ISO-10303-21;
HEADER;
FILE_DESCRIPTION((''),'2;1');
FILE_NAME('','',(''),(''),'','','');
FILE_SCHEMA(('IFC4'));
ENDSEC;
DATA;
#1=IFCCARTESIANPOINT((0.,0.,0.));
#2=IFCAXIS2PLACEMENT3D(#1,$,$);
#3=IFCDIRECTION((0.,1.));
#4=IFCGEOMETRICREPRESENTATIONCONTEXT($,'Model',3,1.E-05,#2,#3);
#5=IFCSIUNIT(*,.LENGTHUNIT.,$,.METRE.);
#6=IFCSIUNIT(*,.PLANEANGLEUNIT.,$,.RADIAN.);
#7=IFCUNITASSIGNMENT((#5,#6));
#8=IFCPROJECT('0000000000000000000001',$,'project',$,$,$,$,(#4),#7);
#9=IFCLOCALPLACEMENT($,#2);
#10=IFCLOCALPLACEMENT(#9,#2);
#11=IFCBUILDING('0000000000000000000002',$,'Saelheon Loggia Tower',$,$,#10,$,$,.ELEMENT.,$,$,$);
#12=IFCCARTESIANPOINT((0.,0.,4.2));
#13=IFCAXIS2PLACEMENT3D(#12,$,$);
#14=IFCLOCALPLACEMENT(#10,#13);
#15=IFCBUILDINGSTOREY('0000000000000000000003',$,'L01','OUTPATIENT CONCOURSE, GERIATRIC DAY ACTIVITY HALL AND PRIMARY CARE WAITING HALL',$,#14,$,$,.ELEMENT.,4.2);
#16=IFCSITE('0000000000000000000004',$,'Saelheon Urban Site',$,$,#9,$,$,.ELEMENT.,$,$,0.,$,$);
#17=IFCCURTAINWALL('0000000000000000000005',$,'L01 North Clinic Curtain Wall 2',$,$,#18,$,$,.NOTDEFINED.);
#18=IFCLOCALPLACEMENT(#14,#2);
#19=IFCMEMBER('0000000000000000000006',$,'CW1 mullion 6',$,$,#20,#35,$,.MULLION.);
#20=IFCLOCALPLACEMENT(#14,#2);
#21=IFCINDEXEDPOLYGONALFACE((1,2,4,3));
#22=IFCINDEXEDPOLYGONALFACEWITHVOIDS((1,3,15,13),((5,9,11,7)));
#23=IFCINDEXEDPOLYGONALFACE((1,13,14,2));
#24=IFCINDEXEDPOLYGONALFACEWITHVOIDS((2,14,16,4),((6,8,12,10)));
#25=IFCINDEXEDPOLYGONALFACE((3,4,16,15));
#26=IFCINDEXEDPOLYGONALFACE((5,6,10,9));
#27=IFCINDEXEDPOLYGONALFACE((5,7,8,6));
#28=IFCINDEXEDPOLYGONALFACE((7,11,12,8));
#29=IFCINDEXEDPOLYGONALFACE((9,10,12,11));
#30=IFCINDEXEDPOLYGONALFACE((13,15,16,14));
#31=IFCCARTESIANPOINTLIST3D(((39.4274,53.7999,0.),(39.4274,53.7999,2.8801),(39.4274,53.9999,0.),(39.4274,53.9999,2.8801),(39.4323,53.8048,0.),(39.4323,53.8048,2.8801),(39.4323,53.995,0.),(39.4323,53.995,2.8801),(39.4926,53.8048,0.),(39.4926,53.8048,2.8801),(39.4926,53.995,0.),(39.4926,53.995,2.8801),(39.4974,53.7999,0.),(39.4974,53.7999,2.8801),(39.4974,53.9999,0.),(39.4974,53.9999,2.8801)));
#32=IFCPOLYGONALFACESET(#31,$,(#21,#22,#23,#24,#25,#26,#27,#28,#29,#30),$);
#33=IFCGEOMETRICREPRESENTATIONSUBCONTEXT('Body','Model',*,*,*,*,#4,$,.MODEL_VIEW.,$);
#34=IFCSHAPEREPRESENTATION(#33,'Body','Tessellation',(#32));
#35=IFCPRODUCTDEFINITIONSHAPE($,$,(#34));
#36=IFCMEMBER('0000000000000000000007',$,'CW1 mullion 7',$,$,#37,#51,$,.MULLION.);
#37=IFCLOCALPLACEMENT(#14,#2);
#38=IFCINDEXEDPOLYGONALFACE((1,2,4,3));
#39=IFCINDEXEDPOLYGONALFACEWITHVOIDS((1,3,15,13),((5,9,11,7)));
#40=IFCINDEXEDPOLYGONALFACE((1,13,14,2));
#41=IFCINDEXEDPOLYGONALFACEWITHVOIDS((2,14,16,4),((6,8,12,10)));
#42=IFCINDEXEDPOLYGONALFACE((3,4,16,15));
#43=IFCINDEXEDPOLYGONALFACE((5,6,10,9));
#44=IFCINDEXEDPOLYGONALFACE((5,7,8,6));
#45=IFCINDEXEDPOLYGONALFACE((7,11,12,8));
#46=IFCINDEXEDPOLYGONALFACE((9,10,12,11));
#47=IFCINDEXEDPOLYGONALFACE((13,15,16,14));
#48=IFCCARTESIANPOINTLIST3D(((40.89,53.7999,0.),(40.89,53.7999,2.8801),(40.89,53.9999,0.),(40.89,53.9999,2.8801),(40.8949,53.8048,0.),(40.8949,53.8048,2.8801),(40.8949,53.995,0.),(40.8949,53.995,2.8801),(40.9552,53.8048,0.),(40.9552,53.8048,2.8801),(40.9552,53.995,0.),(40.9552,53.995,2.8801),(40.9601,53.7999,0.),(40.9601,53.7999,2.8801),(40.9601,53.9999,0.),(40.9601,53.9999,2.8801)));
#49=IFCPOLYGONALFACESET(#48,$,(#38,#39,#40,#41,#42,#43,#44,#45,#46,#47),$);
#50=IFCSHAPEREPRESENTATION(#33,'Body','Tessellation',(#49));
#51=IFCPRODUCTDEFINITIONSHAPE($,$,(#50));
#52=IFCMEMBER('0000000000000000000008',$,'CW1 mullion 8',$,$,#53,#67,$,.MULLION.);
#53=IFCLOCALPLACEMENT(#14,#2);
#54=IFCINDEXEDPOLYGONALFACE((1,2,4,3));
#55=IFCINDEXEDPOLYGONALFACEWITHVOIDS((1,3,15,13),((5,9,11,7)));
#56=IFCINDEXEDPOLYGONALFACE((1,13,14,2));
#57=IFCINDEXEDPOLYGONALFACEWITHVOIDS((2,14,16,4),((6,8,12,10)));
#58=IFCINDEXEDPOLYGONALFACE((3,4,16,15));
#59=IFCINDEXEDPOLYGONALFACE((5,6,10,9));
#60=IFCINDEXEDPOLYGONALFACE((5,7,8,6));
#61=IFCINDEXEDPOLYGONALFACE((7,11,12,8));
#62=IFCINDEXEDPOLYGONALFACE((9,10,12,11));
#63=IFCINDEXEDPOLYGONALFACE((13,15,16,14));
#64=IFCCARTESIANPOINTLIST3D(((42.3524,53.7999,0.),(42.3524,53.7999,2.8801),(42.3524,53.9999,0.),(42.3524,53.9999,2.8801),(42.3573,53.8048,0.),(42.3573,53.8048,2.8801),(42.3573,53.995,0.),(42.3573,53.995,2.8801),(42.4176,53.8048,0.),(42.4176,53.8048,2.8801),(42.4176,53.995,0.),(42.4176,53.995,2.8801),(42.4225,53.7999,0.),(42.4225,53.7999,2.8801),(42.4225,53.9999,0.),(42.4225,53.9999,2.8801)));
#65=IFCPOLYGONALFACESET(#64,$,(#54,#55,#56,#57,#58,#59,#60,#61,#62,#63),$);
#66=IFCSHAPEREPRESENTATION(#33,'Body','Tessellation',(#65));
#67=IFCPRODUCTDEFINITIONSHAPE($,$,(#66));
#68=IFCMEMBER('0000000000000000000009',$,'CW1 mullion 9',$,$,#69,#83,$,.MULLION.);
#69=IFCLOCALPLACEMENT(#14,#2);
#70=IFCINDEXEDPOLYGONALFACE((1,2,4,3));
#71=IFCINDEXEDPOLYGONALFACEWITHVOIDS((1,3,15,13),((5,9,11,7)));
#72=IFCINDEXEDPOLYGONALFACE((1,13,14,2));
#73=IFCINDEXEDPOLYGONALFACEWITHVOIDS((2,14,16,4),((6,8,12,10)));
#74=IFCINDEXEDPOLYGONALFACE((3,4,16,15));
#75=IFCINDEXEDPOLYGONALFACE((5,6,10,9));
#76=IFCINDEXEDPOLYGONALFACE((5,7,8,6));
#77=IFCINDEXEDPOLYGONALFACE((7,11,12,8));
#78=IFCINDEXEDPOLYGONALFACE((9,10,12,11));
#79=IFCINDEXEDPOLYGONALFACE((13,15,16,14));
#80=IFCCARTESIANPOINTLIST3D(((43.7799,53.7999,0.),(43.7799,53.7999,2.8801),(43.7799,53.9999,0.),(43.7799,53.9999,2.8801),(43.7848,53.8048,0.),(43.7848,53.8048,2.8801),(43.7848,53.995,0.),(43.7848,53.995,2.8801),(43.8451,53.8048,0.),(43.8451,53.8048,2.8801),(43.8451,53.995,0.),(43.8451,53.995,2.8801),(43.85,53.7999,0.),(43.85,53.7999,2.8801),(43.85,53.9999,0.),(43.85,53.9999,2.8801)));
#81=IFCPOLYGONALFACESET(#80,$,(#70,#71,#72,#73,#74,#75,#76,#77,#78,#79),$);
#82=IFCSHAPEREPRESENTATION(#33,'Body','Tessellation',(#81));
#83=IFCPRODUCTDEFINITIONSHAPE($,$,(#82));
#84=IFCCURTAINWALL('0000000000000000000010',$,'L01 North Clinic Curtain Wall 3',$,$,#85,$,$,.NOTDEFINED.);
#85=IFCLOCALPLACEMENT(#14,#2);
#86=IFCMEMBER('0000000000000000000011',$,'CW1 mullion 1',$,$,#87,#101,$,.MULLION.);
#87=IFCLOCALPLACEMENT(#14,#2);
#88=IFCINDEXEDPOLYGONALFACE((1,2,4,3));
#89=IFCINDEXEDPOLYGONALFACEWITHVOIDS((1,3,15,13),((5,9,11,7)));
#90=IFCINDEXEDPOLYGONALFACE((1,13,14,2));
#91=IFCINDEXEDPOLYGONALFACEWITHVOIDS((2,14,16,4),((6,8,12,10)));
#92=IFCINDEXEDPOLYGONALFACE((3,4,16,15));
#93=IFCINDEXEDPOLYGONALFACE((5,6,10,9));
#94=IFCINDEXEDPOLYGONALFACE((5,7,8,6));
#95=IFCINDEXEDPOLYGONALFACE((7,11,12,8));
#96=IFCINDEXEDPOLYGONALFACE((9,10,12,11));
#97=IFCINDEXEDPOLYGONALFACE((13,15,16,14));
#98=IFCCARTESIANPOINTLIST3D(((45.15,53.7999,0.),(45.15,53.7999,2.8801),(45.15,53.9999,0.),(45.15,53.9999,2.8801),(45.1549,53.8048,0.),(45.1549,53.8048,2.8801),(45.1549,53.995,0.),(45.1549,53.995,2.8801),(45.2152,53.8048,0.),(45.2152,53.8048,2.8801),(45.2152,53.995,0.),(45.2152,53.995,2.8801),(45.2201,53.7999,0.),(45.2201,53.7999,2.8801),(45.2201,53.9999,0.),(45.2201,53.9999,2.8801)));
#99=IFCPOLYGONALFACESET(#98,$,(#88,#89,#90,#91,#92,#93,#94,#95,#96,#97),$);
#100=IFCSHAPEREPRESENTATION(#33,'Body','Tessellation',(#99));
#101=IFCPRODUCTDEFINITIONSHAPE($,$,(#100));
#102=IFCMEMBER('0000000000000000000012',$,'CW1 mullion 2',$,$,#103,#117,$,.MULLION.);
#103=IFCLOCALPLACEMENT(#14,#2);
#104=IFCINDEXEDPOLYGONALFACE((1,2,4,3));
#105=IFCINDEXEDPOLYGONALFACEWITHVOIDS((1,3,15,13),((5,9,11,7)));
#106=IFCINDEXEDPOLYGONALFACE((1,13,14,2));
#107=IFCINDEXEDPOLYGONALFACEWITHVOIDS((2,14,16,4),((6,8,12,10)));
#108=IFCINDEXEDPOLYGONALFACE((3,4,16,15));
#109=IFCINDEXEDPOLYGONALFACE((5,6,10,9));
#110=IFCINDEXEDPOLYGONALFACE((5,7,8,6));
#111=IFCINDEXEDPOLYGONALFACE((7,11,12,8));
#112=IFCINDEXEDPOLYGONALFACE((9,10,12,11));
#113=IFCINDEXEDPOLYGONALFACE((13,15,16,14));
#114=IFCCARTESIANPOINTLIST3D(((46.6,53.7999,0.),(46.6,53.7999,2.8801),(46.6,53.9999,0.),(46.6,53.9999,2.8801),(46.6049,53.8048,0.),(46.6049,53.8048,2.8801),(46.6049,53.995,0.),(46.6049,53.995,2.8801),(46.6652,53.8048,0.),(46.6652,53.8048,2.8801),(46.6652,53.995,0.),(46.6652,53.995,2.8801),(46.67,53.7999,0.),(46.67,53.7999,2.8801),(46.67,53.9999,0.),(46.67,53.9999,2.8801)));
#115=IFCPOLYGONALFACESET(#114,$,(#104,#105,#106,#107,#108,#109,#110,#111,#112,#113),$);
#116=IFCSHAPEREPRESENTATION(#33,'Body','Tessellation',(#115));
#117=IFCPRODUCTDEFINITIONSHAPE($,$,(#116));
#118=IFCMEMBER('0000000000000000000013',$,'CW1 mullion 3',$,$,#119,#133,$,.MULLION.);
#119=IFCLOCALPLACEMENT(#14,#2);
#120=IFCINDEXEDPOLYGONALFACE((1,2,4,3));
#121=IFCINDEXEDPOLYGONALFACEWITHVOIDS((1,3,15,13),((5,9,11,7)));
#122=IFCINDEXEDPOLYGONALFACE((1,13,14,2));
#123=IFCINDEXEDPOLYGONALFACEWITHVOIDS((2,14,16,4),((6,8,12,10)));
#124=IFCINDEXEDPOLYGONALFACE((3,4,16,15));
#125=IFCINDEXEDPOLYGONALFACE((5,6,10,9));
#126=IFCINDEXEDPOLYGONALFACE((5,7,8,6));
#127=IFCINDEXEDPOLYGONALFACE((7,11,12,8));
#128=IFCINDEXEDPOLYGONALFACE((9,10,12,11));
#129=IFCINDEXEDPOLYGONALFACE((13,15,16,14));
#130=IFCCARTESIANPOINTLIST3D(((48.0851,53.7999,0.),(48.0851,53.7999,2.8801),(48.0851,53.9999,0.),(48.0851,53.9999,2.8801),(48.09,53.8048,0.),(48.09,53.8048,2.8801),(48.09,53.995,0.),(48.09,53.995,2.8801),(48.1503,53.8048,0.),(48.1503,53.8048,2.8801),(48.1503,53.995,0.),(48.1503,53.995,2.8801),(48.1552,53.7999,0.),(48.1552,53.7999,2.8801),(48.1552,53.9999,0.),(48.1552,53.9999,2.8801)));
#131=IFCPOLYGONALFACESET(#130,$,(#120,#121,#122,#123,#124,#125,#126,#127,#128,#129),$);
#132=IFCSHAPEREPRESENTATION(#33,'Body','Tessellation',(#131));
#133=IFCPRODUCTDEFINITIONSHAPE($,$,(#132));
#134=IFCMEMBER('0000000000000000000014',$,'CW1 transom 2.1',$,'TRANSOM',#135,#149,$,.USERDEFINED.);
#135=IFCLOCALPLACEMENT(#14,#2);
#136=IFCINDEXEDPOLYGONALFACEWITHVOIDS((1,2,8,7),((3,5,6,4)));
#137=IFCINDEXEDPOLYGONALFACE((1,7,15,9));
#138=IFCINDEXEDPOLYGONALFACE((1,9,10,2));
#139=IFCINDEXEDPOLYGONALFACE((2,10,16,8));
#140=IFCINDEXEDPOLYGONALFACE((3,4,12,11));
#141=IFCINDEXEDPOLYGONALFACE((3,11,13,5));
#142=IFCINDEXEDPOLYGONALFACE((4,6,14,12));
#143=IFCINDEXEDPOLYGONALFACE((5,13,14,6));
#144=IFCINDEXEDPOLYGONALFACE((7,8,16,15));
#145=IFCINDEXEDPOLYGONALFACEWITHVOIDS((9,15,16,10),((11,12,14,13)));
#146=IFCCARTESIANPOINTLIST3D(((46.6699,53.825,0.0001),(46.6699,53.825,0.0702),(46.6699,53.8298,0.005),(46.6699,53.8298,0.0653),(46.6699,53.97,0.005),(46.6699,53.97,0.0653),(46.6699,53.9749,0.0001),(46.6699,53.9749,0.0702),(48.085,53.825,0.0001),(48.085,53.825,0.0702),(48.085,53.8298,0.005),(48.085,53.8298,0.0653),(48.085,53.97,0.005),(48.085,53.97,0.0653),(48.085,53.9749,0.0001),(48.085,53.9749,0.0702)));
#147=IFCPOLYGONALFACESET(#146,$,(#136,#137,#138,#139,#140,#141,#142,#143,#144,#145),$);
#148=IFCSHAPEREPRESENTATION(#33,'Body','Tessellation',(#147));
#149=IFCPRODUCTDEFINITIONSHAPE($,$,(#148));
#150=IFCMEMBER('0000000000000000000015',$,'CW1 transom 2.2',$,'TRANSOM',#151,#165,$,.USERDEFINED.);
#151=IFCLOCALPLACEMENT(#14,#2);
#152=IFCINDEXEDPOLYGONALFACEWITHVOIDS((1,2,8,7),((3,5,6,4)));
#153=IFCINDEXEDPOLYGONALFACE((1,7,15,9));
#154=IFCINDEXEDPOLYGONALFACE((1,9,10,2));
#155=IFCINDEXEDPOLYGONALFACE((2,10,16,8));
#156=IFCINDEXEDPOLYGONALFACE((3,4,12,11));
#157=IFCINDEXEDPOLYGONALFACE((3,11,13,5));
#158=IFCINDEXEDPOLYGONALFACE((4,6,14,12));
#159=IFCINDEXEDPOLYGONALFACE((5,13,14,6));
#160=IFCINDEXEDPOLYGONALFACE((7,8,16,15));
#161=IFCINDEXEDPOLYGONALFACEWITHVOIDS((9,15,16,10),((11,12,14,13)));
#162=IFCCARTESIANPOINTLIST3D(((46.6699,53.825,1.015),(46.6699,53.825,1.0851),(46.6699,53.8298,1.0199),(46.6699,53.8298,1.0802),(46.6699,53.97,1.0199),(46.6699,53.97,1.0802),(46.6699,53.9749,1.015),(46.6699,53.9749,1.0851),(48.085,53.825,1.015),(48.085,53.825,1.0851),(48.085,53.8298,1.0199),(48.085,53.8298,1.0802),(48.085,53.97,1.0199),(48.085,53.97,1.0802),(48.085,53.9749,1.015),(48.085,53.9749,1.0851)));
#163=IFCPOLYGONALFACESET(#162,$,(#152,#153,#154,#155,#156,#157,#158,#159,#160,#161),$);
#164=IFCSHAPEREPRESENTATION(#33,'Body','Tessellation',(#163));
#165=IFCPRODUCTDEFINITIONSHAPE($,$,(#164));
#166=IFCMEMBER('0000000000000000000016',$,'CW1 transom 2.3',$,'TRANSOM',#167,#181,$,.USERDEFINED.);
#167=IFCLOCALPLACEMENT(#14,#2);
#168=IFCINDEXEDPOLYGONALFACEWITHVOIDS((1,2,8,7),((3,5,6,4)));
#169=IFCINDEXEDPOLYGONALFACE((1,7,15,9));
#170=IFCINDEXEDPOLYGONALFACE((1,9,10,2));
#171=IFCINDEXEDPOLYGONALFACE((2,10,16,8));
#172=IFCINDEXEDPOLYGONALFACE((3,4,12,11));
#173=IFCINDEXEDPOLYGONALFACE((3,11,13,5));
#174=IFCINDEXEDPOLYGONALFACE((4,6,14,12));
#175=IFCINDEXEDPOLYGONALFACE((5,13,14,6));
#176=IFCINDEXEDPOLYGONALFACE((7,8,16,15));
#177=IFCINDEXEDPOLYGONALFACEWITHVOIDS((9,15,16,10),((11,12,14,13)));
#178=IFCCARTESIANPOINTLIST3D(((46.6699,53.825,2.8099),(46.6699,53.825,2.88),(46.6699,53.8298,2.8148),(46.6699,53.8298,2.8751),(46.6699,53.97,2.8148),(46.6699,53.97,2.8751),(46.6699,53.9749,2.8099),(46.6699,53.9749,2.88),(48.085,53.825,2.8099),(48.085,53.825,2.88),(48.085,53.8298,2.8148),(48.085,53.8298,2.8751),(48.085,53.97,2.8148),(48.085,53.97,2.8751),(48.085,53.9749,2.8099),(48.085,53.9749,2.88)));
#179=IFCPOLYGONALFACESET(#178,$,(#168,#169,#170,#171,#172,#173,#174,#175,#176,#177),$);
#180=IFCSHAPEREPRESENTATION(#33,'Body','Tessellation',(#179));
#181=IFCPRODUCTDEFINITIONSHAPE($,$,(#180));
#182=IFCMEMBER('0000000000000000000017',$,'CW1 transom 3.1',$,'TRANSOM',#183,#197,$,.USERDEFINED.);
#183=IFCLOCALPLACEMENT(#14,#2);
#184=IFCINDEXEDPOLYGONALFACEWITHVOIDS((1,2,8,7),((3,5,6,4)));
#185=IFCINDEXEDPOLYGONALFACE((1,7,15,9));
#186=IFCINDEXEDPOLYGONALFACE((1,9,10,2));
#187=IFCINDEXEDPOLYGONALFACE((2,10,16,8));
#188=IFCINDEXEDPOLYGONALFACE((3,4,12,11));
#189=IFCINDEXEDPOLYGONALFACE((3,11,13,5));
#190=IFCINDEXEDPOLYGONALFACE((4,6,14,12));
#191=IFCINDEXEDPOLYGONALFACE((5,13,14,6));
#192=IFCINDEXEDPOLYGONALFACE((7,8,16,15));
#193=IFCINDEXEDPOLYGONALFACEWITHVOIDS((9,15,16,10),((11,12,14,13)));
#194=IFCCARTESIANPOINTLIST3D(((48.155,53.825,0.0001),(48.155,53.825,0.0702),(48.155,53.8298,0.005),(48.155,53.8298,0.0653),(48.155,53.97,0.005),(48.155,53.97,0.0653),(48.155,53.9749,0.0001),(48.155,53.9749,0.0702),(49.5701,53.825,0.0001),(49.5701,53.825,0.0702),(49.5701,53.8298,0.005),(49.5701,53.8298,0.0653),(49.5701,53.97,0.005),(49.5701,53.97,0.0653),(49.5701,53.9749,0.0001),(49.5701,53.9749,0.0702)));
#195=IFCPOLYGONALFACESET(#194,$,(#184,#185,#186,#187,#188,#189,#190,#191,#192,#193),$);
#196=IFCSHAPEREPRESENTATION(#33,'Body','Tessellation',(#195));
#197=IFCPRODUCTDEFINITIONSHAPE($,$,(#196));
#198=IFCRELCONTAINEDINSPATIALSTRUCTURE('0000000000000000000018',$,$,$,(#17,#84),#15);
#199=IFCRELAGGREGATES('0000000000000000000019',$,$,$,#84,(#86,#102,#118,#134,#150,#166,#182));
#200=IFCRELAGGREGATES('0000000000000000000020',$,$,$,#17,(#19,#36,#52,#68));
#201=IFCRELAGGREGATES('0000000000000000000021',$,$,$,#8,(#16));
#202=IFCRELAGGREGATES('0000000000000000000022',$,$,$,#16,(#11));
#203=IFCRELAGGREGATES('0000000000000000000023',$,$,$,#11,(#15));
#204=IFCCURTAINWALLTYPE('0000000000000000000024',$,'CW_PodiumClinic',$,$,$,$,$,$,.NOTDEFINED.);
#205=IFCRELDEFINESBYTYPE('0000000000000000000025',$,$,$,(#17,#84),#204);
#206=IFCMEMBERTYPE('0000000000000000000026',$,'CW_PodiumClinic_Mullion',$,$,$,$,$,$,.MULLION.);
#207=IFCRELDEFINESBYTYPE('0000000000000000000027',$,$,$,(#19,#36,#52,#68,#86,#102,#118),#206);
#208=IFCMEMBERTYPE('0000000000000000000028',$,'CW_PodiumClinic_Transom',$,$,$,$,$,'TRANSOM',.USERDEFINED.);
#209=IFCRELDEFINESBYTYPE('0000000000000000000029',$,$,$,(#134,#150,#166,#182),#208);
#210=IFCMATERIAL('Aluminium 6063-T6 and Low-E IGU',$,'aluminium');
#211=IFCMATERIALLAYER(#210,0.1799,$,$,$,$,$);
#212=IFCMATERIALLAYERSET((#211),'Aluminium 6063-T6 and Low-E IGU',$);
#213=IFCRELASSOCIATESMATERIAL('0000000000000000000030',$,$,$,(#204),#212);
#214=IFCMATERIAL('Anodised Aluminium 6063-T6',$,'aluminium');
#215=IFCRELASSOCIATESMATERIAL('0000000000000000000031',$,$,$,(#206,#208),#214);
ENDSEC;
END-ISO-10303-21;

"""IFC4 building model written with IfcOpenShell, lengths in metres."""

from ifc_helpers import new_model, si_unit, direction, frame, origin, origin_2d, place, context, subcontext, project, spatial, hollow_rectangle, extrude, source, transform, mapped, material, layer, layer_set, material_profile, profile_set, type_object, element, aggregate, save


model = new_model("IFC4")

# Units and contexts
model_context = context("Model", 3, precision=1e-05, world=origin(), true_north=direction((0.0, 1.0)))
body_context = subcontext(model_context, "Body", "Model", "MODEL_VIEW")
ifc_project = project(units=[si_unit("LENGTHUNIT", "METRE"), si_unit("PLANEANGLEUNIT", "RADIAN")], contexts=[model_context])

# Site, building, storey
site_placement = place(None, origin())
site = spatial("IfcSite", under=ifc_project, at=site_placement, Name="Saelheon Urban Site", CompositionType="ELEMENT", RefElevation=0.0)
building_placement = place(site_placement, origin())
building = spatial("IfcBuilding", under=site, at=building_placement, Name="Saelheon Loggia Tower", CompositionType="ELEMENT")
storey_placement = place(building_placement, frame((0.0, 0.0, 4.2)))
storey = spatial("IfcBuildingStorey", under=building, at=storey_placement, Name="L01", Description="OUTPATIENT CONCOURSE, GERIATRIC DAY ACTIVITY HALL AND PRIMARY CARE WAITING HALL", CompositionType="ELEMENT", Elevation=4.2)

# Curtain walls, members
ifc_material_1 = material(Name="Aluminium 6063-T6 and Low-E IGU", Category="aluminium")
ifc_layer_1 = layer(ifc_material_1, 0.1799)
ifc_layer_set_1 = layer_set([ifc_layer_1], Name="Aluminium 6063-T6 and Low-E IGU")
curtain_wall_type = type_object("IfcCurtainWallType", Name="CW_PodiumClinic", PredefinedType="NOTDEFINED", material=ifc_layer_set_1)
curtain_wall_1_placement = place(storey_placement, origin())
curtain_wall_1 = element("IfcCurtainWall", 1, at=curtain_wall_1_placement, inside=storey, type_object=curtain_wall_type, Name="L01 North Clinic Curtain Wall 2", PredefinedType="NOTDEFINED")
ifc_material_2 = material(Name="Anodised Aluminium 6063-T6", Category="aluminium")
ifc_material_profile_1 = material_profile(ifc_material_2, hollow_rectangle(XDim=0.0701, YDim=0.2, WallThickness=0.0049, at=origin_2d()), Name="RHS-200x70x5")
ifc_profile_set_1 = profile_set([ifc_material_profile_1], Name="Anodised Aluminium 6063-T6")
member_type_1 = type_object("IfcMemberType", Name="CW_PodiumClinic_Mullion", PredefinedType="MULLION", material=ifc_profile_set_1)
shared_shape_1 = source(origin(), body_context, "Body", "SweptSolid", [
    extrude(hollow_rectangle(XDim=0.0701, YDim=0.2, WallThickness=0.0049, at=origin_2d()), origin(), (0.0, 0.0, 1.0), 2.8801),
])
member_1_placement = place(storey_placement, frame((39.4624, 53.8999, 0.0), z_axis=(0.0, 0.0, 1.0), x_axis=(1.0, 0.0, 0.0)))
member_1 = element("IfcMember", 2, at=member_1_placement, type_object=member_type_1, Name="CW1 mullion 6", PredefinedType="MULLION", context=body_context, shape_type="MappedRepresentation", body=[
    mapped(shared_shape_1, transform((0.0, 0.0, 0.0), scale=1.0)),
])
member_2_placement = place(storey_placement, frame((40.925, 53.8999, 0.0), z_axis=(0.0, 0.0, 1.0), x_axis=(1.0, 0.0, 0.0)))
member_2 = element("IfcMember", 3, at=member_2_placement, type_object=member_type_1, Name="CW1 mullion 7", PredefinedType="MULLION", context=body_context, shape_type="MappedRepresentation", body=[
    mapped(shared_shape_1, transform((0.0, 0.0, 0.0), scale=1.0)),
])
member_3_placement = place(storey_placement, frame((42.3875, 53.8999, 0.0), z_axis=(0.0, 0.0, 1.0), x_axis=(1.0, 0.0, 0.0)))
member_3 = element("IfcMember", 4, at=member_3_placement, type_object=member_type_1, Name="CW1 mullion 8", PredefinedType="MULLION", context=body_context, shape_type="MappedRepresentation", body=[
    mapped(shared_shape_1, transform((0.0, 0.0, 0.0), scale=1.0)),
])
member_4_placement = place(storey_placement, frame((43.8149, 53.8999, 0.0), z_axis=(0.0, 0.0, 1.0), x_axis=(1.0, 0.0, 0.0)))
member_4 = element("IfcMember", 5, at=member_4_placement, type_object=member_type_1, Name="CW1 mullion 9", PredefinedType="MULLION", context=body_context, shape_type="MappedRepresentation", body=[
    mapped(shared_shape_1, transform((0.0, 0.0, 0.0), scale=1.0)),
])
curtain_wall_2_placement = place(storey_placement, origin())
curtain_wall_2 = element("IfcCurtainWall", 6, at=curtain_wall_2_placement, inside=storey, type_object=curtain_wall_type, Name="L01 North Clinic Curtain Wall 3", PredefinedType="NOTDEFINED")
member_5_placement = place(storey_placement, frame((45.1851, 53.8999, 0.0), z_axis=(0.0, 0.0, 1.0), x_axis=(1.0, 0.0, 0.0)))
member_5 = element("IfcMember", 7, at=member_5_placement, type_object=member_type_1, Name="CW1 mullion 1", PredefinedType="MULLION", context=body_context, shape_type="MappedRepresentation", body=[
    mapped(shared_shape_1, transform((0.0, 0.0, 0.0), scale=1.0)),
])
member_6_placement = place(storey_placement, frame((46.635, 53.8999, 0.0), z_axis=(0.0, 0.0, 1.0), x_axis=(1.0, 0.0, 0.0)))
member_6 = element("IfcMember", 8, at=member_6_placement, type_object=member_type_1, Name="CW1 mullion 2", PredefinedType="MULLION", context=body_context, shape_type="MappedRepresentation", body=[
    mapped(shared_shape_1, transform((0.0, 0.0, 0.0), scale=1.0)),
])
member_7_placement = place(storey_placement, frame((48.1201, 53.8999, 0.0), z_axis=(0.0, 0.0, 1.0), x_axis=(1.0, 0.0, 0.0)))
member_7 = element("IfcMember", 9, at=member_7_placement, type_object=member_type_1, Name="CW1 mullion 3", PredefinedType="MULLION", context=body_context, shape_type="MappedRepresentation", body=[
    mapped(shared_shape_1, transform((0.0, 0.0, 0.0), scale=1.0)),
])
ifc_material_profile_2 = material_profile(ifc_material_2, hollow_rectangle(XDim=0.0701, YDim=0.1499, WallThickness=0.0049, at=origin_2d()), Name="RHS-150x70x5")
ifc_profile_set_2 = profile_set([ifc_material_profile_2], Name="Anodised Aluminium 6063-T6")
member_type_2 = type_object("IfcMemberType", Name="CW_PodiumClinic_Transom", ElementType="TRANSOM", PredefinedType="USERDEFINED", material=ifc_profile_set_2)
shared_shape_2 = source(origin(), body_context, "Body", "SweptSolid", [
    extrude(hollow_rectangle(XDim=0.0701, YDim=0.1499, WallThickness=0.0049, at=origin_2d()), origin(), (0.0, 0.0, 1.0), 1.415),
])
member_8_placement = place(storey_placement, frame((46.6699, 53.8999, 0.0352), z_axis=(1.0, 0.0, 0.0), x_axis=(0.0, 0.0, 1.0)))
member_8 = element("IfcMember", 10, at=member_8_placement, type_object=member_type_2, Name="CW1 transom 2.1", ObjectType="TRANSOM", PredefinedType="USERDEFINED", context=body_context, shape_type="MappedRepresentation", body=[
    mapped(shared_shape_2, transform((0.0, 0.0, 0.0), scale=1.0)),
])
member_9_placement = place(storey_placement, frame((46.6699, 53.8999, 1.05), z_axis=(1.0, 0.0, 0.0), x_axis=(0.0, 0.0, 1.0)))
member_9 = element("IfcMember", 11, at=member_9_placement, type_object=member_type_2, Name="CW1 transom 2.2", ObjectType="TRANSOM", PredefinedType="USERDEFINED", context=body_context, shape_type="MappedRepresentation", body=[
    mapped(shared_shape_2, transform((0.0, 0.0, 0.0), scale=1.0)),
])
member_10_placement = place(storey_placement, frame((46.6699, 53.8999, 2.845), z_axis=(1.0, 0.0, 0.0), x_axis=(0.0, 0.0, 1.0)))
member_10 = element("IfcMember", 12, at=member_10_placement, type_object=member_type_2, Name="CW1 transom 2.3", ObjectType="TRANSOM", PredefinedType="USERDEFINED", context=body_context, shape_type="MappedRepresentation", body=[
    mapped(shared_shape_2, transform((0.0, 0.0, 0.0), scale=1.0)),
])
member_11_placement = place(storey_placement, frame((48.155, 53.8999, 0.0352), z_axis=(1.0, 0.0, 0.0), x_axis=(0.0, 0.0, 1.0)))
member_11 = element("IfcMember", 13, at=member_11_placement, type_object=member_type_2, Name="CW1 transom 3.1", ObjectType="TRANSOM", PredefinedType="USERDEFINED", context=body_context, shape_type="MappedRepresentation", body=[
    mapped(shared_shape_2, transform((0.0, 0.0, 0.0), scale=1.0)),
])

aggregate(curtain_wall_2, [member_5, member_6, member_7, member_8, member_9, member_10, member_11])
aggregate(curtain_wall_1, [member_1, member_2, member_3, member_4])

save(model, "model.ifc")
